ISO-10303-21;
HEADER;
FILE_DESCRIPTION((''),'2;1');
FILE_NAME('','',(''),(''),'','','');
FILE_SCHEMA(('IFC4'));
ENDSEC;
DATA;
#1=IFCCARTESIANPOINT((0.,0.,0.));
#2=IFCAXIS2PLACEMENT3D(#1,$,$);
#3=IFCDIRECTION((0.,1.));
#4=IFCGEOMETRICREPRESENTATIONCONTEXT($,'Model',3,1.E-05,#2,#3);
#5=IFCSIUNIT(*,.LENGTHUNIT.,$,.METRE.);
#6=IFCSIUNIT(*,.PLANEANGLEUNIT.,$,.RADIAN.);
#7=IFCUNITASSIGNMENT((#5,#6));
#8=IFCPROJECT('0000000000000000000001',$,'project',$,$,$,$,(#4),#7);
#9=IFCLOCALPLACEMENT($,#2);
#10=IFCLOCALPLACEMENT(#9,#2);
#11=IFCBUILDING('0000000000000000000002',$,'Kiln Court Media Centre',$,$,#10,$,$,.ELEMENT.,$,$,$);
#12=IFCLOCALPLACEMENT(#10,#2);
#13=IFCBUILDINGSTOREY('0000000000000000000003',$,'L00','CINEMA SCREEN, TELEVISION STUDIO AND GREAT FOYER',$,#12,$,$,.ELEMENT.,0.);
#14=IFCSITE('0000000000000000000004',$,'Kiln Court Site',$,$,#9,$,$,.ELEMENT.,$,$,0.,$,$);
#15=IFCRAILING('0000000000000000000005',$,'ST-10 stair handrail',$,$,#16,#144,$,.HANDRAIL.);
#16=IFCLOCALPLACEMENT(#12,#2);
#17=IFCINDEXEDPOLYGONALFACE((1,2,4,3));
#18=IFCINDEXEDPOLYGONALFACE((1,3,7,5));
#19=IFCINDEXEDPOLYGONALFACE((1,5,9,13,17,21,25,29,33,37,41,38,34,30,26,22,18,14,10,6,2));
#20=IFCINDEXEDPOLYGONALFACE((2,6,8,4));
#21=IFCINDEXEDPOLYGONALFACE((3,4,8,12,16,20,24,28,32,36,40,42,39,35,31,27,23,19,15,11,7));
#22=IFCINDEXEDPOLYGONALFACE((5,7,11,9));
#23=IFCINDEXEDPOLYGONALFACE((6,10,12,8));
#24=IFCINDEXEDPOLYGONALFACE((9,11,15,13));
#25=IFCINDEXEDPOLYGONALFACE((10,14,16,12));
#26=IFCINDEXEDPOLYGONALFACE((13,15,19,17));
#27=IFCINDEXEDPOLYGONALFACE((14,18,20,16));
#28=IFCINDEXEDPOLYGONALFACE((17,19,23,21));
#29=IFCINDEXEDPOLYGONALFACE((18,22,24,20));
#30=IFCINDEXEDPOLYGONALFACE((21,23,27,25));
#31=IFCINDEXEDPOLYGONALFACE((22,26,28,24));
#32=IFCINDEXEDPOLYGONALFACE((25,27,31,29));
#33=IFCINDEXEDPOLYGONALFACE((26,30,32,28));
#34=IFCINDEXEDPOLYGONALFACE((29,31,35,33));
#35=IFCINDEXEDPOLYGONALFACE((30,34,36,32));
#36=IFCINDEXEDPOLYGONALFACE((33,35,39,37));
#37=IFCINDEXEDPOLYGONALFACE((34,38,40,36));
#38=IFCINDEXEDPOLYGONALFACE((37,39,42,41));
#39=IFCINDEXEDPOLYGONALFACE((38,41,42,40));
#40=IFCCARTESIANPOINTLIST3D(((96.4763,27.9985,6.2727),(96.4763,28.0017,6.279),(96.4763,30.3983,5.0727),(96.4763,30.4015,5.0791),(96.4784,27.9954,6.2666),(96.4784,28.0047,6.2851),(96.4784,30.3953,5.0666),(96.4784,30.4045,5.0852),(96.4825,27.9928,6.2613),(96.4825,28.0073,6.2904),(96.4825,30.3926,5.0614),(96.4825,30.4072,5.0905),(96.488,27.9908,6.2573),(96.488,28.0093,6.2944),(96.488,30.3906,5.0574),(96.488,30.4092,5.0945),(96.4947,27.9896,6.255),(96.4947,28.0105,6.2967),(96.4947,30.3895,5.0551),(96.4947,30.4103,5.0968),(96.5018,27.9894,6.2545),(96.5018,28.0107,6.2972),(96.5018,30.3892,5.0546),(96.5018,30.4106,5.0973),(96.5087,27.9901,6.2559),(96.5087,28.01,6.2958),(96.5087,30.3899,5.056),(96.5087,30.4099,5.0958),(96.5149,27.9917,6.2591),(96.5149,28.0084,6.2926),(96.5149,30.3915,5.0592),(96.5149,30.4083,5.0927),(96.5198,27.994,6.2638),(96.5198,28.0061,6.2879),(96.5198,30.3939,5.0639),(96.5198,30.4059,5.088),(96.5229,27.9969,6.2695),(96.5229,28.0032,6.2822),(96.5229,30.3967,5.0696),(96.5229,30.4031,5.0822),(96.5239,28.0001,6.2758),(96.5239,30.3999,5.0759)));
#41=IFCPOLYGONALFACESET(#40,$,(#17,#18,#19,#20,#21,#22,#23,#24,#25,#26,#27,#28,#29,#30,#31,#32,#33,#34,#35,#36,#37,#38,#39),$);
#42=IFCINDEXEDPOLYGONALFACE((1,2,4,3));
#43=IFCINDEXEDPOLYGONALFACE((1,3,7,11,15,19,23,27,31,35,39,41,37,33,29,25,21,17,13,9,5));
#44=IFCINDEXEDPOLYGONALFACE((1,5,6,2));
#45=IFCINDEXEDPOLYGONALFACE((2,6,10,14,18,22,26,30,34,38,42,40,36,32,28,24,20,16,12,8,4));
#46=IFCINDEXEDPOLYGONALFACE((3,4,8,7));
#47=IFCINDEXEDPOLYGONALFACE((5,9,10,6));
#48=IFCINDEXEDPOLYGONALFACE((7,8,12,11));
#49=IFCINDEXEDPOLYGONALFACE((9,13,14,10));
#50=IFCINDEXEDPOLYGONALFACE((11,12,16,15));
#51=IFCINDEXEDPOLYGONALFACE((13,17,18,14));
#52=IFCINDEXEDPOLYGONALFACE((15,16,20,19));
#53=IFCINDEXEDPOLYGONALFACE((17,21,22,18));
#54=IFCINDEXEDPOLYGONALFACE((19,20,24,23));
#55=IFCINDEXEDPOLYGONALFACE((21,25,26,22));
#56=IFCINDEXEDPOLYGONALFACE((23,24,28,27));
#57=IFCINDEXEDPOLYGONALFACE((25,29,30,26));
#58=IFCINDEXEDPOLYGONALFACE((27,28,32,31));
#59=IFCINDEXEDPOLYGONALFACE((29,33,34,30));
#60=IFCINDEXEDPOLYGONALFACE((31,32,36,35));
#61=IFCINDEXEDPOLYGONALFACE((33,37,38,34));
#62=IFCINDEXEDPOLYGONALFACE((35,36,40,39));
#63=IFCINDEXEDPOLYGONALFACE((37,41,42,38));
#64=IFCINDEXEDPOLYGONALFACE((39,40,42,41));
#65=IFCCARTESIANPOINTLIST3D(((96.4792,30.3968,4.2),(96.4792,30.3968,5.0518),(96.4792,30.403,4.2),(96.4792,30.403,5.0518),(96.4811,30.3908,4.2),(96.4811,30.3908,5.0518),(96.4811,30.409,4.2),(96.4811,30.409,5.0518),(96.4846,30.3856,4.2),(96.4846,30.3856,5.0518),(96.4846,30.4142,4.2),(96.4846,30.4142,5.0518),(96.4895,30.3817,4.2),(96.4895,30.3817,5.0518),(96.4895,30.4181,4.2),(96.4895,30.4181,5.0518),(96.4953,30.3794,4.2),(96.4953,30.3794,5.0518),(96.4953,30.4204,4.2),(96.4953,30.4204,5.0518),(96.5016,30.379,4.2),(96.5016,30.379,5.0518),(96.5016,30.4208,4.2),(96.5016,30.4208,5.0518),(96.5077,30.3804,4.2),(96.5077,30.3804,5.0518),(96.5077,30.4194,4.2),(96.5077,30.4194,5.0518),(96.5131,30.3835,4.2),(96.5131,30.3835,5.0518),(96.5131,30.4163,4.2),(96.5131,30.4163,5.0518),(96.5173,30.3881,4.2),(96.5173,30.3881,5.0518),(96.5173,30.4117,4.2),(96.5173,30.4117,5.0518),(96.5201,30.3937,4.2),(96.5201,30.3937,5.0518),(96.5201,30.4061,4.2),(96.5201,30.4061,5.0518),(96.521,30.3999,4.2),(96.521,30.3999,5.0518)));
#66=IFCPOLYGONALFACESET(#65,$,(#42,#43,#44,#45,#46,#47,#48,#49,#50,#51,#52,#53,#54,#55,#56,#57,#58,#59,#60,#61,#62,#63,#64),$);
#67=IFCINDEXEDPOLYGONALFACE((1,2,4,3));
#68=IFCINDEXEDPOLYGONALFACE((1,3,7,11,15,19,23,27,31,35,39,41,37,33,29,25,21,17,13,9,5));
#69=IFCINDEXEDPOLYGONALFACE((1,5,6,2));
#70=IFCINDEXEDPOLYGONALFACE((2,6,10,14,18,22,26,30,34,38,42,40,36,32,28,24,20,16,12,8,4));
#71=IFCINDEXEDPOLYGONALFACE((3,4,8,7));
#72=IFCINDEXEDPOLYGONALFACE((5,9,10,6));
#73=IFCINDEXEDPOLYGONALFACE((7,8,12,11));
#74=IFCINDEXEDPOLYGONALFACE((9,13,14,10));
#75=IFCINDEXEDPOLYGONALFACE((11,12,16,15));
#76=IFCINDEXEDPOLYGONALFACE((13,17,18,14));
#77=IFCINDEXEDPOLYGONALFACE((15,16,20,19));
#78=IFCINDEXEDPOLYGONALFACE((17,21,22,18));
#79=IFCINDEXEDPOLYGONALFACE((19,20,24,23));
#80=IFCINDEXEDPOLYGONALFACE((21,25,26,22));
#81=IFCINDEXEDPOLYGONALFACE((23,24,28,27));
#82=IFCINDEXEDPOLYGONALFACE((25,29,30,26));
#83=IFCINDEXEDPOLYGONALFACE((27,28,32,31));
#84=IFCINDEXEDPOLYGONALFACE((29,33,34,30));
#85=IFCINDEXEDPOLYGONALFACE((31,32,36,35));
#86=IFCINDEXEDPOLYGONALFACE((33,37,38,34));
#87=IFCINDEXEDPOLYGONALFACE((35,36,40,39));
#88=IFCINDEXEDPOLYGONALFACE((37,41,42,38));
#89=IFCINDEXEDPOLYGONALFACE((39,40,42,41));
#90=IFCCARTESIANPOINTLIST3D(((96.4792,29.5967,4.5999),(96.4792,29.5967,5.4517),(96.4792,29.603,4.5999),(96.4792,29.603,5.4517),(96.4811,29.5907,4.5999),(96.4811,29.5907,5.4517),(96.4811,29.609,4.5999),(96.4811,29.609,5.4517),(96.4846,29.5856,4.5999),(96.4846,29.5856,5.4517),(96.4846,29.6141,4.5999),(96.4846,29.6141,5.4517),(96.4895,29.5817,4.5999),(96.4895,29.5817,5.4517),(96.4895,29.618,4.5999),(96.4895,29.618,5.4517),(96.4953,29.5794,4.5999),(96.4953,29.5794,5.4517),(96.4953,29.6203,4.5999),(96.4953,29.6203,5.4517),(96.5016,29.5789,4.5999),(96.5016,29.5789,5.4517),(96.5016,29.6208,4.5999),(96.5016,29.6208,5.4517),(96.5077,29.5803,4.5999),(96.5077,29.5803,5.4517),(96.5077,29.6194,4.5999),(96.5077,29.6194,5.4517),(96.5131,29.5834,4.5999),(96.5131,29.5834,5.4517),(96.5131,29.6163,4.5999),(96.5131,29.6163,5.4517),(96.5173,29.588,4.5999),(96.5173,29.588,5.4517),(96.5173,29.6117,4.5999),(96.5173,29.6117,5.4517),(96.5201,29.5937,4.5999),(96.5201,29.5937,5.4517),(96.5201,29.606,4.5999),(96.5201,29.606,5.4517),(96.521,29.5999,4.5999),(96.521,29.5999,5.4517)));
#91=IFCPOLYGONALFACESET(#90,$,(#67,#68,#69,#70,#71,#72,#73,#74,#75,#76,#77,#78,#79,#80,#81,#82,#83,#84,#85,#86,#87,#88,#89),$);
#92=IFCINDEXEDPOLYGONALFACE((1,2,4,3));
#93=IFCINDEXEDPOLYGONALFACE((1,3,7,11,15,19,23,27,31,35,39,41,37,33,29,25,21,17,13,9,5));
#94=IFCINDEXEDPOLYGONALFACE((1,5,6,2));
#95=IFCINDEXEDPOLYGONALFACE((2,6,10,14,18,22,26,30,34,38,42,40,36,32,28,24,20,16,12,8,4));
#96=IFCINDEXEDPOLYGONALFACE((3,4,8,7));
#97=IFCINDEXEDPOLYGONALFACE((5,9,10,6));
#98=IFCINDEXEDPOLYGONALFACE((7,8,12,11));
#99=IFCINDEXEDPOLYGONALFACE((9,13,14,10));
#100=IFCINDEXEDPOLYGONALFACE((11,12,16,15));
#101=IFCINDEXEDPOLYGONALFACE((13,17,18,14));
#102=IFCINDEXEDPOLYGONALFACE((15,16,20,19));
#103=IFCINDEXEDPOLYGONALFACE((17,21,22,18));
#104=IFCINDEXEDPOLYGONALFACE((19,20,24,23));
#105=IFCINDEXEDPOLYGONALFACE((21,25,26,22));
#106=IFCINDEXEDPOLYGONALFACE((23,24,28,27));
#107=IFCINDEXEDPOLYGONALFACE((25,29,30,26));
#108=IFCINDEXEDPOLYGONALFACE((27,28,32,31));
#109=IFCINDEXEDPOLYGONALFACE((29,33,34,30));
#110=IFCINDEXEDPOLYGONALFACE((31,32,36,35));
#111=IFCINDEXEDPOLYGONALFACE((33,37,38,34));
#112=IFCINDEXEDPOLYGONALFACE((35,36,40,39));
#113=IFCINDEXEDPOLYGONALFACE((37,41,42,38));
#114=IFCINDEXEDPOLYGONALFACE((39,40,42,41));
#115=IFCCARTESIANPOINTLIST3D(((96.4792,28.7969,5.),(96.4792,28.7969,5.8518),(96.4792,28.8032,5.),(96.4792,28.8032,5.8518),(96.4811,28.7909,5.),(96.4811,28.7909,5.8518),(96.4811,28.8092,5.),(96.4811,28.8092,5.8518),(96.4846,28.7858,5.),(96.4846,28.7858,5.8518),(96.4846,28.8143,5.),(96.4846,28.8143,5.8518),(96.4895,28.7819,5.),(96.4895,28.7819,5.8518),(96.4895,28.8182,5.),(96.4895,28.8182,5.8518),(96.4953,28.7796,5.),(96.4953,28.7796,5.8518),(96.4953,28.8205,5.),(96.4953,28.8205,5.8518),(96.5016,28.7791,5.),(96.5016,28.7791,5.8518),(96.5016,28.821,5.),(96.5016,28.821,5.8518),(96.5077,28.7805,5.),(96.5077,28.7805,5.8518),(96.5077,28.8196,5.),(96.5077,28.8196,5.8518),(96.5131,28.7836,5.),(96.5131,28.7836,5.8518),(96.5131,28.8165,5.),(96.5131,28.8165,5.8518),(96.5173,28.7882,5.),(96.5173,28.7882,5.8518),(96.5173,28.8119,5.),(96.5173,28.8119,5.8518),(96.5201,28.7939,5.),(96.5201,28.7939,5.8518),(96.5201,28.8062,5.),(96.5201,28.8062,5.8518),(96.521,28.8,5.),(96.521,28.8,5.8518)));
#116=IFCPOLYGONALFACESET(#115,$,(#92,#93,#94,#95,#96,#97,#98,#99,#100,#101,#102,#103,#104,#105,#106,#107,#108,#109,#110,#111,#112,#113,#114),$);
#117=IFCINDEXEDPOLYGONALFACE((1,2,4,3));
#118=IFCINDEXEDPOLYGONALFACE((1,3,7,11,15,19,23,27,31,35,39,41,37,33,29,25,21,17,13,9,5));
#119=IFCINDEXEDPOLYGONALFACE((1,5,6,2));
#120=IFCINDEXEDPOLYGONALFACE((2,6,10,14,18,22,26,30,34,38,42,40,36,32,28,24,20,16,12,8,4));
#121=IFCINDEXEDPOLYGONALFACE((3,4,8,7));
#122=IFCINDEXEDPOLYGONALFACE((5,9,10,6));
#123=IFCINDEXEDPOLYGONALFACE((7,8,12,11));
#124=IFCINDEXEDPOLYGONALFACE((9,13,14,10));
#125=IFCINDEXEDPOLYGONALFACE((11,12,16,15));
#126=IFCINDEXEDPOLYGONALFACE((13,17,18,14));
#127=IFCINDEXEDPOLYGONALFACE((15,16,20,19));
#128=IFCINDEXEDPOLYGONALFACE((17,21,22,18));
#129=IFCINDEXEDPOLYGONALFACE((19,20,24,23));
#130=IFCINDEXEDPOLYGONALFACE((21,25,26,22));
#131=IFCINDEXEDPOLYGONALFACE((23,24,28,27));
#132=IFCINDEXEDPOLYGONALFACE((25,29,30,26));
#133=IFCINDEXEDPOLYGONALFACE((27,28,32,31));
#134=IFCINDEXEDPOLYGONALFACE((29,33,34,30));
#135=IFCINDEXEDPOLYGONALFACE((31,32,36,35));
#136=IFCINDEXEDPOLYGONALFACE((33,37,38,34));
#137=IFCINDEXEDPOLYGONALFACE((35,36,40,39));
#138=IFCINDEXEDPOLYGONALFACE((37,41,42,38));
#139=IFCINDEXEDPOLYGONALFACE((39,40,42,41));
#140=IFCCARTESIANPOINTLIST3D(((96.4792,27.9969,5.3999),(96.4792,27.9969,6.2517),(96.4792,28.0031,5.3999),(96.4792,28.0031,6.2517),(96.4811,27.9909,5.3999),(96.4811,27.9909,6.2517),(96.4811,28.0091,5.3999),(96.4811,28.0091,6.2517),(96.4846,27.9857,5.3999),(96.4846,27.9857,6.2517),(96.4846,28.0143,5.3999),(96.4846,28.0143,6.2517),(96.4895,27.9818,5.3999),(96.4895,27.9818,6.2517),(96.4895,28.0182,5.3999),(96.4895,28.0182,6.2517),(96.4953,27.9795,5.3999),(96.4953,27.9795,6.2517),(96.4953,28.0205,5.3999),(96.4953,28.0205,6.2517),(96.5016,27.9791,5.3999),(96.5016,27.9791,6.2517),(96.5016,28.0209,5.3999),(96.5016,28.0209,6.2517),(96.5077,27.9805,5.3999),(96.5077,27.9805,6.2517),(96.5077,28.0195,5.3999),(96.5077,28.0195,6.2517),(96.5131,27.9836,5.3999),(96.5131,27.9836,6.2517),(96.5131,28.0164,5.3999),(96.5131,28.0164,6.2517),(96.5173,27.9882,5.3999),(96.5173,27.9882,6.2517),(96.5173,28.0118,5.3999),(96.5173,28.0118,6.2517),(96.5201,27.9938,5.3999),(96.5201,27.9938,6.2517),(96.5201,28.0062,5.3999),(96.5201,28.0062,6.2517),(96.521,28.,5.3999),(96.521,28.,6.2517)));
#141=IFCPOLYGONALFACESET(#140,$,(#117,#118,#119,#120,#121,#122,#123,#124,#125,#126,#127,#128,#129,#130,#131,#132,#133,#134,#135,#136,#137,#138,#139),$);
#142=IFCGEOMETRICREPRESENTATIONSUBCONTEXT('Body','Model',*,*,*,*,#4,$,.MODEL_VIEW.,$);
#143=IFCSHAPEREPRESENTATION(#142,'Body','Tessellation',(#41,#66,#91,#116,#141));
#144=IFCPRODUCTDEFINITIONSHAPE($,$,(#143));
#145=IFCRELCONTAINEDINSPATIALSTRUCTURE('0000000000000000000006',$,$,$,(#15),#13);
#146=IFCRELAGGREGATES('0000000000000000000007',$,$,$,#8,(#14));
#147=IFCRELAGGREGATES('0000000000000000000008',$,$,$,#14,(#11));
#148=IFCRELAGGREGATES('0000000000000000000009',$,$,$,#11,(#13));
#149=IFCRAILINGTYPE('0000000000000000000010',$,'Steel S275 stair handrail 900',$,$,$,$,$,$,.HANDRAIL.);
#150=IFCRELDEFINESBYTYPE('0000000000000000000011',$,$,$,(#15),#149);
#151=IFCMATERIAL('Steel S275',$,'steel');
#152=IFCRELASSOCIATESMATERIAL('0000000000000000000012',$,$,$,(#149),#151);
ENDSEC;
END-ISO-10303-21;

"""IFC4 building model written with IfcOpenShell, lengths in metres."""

from ifc_helpers import new_model, si_unit, direction, frame, origin, origin_2d, place, context, subcontext, project, spatial, circle, extrude, material, type_object, element, save


model = new_model("IFC4")

# Units and contexts
model_context = context("Model", 3, precision=1e-05, world=origin(), true_north=direction((0.0, 1.0)))
body_context = subcontext(model_context, "Body", "Model", "MODEL_VIEW")
ifc_project = project(units=[si_unit("LENGTHUNIT", "METRE"), si_unit("PLANEANGLEUNIT", "RADIAN")], contexts=[model_context])

# Site, building, storey
site_placement = place(None, origin())
site = spatial("IfcSite", under=ifc_project, at=site_placement, Name="Kiln Court Site", CompositionType="ELEMENT", RefElevation=0.0)
building_placement = place(site_placement, origin())
building = spatial("IfcBuilding", under=site, at=building_placement, Name="Kiln Court Media Centre", CompositionType="ELEMENT")
storey_placement = place(building_placement, origin())
storey = spatial("IfcBuildingStorey", under=building, at=storey_placement, Name="L00", Description="CINEMA SCREEN, TELEVISION STUDIO AND GREAT FOYER", CompositionType="ELEMENT", Elevation=0.0)

# Railing
ifc_material_1 = material(Name="Steel S275", Category="steel")
railing_type_1 = type_object("IfcRailingType", Name="Steel S275 stair handrail 900", PredefinedType="HANDRAIL", material=ifc_material_1)
railing_1_placement = place(storey_placement, frame((96.5, 30.3999, 4.2)))
element("IfcRailing", 1, at=railing_1_placement, inside=storey, type_object=railing_type_1, Name="ST-10 stair handrail", PredefinedType="HANDRAIL", context=body_context, shape_type="SweptSolid", body=[
    extrude(circle(Radius=0.0239, at=origin_2d()), frame((0.0, 0.0, 0.876), z_axis=(0.0, -0.894427, 0.447214), x_axis=(1.0, 0.0, 0.0)), (0.0, 0.0, 1.0), 2.6831),
    extrude(circle(Radius=0.021, at=origin_2d()), origin(), (0.0, 0.0, 1.0), 0.8518),
    extrude(circle(Radius=0.021, at=origin_2d()), frame((0.0, -0.8, 0.3999)), (0.0, 0.0, 1.0), 0.8518),
    extrude(circle(Radius=0.021, at=origin_2d()), frame((0.0, -1.5999, 0.8)), (0.0, 0.0, 1.0), 0.8518),
    extrude(circle(Radius=0.021, at=origin_2d()), frame((0.0, -2.3999, 1.2)), (0.0, 0.0, 1.0), 0.8518),
])

save(model, "model.ifc")
